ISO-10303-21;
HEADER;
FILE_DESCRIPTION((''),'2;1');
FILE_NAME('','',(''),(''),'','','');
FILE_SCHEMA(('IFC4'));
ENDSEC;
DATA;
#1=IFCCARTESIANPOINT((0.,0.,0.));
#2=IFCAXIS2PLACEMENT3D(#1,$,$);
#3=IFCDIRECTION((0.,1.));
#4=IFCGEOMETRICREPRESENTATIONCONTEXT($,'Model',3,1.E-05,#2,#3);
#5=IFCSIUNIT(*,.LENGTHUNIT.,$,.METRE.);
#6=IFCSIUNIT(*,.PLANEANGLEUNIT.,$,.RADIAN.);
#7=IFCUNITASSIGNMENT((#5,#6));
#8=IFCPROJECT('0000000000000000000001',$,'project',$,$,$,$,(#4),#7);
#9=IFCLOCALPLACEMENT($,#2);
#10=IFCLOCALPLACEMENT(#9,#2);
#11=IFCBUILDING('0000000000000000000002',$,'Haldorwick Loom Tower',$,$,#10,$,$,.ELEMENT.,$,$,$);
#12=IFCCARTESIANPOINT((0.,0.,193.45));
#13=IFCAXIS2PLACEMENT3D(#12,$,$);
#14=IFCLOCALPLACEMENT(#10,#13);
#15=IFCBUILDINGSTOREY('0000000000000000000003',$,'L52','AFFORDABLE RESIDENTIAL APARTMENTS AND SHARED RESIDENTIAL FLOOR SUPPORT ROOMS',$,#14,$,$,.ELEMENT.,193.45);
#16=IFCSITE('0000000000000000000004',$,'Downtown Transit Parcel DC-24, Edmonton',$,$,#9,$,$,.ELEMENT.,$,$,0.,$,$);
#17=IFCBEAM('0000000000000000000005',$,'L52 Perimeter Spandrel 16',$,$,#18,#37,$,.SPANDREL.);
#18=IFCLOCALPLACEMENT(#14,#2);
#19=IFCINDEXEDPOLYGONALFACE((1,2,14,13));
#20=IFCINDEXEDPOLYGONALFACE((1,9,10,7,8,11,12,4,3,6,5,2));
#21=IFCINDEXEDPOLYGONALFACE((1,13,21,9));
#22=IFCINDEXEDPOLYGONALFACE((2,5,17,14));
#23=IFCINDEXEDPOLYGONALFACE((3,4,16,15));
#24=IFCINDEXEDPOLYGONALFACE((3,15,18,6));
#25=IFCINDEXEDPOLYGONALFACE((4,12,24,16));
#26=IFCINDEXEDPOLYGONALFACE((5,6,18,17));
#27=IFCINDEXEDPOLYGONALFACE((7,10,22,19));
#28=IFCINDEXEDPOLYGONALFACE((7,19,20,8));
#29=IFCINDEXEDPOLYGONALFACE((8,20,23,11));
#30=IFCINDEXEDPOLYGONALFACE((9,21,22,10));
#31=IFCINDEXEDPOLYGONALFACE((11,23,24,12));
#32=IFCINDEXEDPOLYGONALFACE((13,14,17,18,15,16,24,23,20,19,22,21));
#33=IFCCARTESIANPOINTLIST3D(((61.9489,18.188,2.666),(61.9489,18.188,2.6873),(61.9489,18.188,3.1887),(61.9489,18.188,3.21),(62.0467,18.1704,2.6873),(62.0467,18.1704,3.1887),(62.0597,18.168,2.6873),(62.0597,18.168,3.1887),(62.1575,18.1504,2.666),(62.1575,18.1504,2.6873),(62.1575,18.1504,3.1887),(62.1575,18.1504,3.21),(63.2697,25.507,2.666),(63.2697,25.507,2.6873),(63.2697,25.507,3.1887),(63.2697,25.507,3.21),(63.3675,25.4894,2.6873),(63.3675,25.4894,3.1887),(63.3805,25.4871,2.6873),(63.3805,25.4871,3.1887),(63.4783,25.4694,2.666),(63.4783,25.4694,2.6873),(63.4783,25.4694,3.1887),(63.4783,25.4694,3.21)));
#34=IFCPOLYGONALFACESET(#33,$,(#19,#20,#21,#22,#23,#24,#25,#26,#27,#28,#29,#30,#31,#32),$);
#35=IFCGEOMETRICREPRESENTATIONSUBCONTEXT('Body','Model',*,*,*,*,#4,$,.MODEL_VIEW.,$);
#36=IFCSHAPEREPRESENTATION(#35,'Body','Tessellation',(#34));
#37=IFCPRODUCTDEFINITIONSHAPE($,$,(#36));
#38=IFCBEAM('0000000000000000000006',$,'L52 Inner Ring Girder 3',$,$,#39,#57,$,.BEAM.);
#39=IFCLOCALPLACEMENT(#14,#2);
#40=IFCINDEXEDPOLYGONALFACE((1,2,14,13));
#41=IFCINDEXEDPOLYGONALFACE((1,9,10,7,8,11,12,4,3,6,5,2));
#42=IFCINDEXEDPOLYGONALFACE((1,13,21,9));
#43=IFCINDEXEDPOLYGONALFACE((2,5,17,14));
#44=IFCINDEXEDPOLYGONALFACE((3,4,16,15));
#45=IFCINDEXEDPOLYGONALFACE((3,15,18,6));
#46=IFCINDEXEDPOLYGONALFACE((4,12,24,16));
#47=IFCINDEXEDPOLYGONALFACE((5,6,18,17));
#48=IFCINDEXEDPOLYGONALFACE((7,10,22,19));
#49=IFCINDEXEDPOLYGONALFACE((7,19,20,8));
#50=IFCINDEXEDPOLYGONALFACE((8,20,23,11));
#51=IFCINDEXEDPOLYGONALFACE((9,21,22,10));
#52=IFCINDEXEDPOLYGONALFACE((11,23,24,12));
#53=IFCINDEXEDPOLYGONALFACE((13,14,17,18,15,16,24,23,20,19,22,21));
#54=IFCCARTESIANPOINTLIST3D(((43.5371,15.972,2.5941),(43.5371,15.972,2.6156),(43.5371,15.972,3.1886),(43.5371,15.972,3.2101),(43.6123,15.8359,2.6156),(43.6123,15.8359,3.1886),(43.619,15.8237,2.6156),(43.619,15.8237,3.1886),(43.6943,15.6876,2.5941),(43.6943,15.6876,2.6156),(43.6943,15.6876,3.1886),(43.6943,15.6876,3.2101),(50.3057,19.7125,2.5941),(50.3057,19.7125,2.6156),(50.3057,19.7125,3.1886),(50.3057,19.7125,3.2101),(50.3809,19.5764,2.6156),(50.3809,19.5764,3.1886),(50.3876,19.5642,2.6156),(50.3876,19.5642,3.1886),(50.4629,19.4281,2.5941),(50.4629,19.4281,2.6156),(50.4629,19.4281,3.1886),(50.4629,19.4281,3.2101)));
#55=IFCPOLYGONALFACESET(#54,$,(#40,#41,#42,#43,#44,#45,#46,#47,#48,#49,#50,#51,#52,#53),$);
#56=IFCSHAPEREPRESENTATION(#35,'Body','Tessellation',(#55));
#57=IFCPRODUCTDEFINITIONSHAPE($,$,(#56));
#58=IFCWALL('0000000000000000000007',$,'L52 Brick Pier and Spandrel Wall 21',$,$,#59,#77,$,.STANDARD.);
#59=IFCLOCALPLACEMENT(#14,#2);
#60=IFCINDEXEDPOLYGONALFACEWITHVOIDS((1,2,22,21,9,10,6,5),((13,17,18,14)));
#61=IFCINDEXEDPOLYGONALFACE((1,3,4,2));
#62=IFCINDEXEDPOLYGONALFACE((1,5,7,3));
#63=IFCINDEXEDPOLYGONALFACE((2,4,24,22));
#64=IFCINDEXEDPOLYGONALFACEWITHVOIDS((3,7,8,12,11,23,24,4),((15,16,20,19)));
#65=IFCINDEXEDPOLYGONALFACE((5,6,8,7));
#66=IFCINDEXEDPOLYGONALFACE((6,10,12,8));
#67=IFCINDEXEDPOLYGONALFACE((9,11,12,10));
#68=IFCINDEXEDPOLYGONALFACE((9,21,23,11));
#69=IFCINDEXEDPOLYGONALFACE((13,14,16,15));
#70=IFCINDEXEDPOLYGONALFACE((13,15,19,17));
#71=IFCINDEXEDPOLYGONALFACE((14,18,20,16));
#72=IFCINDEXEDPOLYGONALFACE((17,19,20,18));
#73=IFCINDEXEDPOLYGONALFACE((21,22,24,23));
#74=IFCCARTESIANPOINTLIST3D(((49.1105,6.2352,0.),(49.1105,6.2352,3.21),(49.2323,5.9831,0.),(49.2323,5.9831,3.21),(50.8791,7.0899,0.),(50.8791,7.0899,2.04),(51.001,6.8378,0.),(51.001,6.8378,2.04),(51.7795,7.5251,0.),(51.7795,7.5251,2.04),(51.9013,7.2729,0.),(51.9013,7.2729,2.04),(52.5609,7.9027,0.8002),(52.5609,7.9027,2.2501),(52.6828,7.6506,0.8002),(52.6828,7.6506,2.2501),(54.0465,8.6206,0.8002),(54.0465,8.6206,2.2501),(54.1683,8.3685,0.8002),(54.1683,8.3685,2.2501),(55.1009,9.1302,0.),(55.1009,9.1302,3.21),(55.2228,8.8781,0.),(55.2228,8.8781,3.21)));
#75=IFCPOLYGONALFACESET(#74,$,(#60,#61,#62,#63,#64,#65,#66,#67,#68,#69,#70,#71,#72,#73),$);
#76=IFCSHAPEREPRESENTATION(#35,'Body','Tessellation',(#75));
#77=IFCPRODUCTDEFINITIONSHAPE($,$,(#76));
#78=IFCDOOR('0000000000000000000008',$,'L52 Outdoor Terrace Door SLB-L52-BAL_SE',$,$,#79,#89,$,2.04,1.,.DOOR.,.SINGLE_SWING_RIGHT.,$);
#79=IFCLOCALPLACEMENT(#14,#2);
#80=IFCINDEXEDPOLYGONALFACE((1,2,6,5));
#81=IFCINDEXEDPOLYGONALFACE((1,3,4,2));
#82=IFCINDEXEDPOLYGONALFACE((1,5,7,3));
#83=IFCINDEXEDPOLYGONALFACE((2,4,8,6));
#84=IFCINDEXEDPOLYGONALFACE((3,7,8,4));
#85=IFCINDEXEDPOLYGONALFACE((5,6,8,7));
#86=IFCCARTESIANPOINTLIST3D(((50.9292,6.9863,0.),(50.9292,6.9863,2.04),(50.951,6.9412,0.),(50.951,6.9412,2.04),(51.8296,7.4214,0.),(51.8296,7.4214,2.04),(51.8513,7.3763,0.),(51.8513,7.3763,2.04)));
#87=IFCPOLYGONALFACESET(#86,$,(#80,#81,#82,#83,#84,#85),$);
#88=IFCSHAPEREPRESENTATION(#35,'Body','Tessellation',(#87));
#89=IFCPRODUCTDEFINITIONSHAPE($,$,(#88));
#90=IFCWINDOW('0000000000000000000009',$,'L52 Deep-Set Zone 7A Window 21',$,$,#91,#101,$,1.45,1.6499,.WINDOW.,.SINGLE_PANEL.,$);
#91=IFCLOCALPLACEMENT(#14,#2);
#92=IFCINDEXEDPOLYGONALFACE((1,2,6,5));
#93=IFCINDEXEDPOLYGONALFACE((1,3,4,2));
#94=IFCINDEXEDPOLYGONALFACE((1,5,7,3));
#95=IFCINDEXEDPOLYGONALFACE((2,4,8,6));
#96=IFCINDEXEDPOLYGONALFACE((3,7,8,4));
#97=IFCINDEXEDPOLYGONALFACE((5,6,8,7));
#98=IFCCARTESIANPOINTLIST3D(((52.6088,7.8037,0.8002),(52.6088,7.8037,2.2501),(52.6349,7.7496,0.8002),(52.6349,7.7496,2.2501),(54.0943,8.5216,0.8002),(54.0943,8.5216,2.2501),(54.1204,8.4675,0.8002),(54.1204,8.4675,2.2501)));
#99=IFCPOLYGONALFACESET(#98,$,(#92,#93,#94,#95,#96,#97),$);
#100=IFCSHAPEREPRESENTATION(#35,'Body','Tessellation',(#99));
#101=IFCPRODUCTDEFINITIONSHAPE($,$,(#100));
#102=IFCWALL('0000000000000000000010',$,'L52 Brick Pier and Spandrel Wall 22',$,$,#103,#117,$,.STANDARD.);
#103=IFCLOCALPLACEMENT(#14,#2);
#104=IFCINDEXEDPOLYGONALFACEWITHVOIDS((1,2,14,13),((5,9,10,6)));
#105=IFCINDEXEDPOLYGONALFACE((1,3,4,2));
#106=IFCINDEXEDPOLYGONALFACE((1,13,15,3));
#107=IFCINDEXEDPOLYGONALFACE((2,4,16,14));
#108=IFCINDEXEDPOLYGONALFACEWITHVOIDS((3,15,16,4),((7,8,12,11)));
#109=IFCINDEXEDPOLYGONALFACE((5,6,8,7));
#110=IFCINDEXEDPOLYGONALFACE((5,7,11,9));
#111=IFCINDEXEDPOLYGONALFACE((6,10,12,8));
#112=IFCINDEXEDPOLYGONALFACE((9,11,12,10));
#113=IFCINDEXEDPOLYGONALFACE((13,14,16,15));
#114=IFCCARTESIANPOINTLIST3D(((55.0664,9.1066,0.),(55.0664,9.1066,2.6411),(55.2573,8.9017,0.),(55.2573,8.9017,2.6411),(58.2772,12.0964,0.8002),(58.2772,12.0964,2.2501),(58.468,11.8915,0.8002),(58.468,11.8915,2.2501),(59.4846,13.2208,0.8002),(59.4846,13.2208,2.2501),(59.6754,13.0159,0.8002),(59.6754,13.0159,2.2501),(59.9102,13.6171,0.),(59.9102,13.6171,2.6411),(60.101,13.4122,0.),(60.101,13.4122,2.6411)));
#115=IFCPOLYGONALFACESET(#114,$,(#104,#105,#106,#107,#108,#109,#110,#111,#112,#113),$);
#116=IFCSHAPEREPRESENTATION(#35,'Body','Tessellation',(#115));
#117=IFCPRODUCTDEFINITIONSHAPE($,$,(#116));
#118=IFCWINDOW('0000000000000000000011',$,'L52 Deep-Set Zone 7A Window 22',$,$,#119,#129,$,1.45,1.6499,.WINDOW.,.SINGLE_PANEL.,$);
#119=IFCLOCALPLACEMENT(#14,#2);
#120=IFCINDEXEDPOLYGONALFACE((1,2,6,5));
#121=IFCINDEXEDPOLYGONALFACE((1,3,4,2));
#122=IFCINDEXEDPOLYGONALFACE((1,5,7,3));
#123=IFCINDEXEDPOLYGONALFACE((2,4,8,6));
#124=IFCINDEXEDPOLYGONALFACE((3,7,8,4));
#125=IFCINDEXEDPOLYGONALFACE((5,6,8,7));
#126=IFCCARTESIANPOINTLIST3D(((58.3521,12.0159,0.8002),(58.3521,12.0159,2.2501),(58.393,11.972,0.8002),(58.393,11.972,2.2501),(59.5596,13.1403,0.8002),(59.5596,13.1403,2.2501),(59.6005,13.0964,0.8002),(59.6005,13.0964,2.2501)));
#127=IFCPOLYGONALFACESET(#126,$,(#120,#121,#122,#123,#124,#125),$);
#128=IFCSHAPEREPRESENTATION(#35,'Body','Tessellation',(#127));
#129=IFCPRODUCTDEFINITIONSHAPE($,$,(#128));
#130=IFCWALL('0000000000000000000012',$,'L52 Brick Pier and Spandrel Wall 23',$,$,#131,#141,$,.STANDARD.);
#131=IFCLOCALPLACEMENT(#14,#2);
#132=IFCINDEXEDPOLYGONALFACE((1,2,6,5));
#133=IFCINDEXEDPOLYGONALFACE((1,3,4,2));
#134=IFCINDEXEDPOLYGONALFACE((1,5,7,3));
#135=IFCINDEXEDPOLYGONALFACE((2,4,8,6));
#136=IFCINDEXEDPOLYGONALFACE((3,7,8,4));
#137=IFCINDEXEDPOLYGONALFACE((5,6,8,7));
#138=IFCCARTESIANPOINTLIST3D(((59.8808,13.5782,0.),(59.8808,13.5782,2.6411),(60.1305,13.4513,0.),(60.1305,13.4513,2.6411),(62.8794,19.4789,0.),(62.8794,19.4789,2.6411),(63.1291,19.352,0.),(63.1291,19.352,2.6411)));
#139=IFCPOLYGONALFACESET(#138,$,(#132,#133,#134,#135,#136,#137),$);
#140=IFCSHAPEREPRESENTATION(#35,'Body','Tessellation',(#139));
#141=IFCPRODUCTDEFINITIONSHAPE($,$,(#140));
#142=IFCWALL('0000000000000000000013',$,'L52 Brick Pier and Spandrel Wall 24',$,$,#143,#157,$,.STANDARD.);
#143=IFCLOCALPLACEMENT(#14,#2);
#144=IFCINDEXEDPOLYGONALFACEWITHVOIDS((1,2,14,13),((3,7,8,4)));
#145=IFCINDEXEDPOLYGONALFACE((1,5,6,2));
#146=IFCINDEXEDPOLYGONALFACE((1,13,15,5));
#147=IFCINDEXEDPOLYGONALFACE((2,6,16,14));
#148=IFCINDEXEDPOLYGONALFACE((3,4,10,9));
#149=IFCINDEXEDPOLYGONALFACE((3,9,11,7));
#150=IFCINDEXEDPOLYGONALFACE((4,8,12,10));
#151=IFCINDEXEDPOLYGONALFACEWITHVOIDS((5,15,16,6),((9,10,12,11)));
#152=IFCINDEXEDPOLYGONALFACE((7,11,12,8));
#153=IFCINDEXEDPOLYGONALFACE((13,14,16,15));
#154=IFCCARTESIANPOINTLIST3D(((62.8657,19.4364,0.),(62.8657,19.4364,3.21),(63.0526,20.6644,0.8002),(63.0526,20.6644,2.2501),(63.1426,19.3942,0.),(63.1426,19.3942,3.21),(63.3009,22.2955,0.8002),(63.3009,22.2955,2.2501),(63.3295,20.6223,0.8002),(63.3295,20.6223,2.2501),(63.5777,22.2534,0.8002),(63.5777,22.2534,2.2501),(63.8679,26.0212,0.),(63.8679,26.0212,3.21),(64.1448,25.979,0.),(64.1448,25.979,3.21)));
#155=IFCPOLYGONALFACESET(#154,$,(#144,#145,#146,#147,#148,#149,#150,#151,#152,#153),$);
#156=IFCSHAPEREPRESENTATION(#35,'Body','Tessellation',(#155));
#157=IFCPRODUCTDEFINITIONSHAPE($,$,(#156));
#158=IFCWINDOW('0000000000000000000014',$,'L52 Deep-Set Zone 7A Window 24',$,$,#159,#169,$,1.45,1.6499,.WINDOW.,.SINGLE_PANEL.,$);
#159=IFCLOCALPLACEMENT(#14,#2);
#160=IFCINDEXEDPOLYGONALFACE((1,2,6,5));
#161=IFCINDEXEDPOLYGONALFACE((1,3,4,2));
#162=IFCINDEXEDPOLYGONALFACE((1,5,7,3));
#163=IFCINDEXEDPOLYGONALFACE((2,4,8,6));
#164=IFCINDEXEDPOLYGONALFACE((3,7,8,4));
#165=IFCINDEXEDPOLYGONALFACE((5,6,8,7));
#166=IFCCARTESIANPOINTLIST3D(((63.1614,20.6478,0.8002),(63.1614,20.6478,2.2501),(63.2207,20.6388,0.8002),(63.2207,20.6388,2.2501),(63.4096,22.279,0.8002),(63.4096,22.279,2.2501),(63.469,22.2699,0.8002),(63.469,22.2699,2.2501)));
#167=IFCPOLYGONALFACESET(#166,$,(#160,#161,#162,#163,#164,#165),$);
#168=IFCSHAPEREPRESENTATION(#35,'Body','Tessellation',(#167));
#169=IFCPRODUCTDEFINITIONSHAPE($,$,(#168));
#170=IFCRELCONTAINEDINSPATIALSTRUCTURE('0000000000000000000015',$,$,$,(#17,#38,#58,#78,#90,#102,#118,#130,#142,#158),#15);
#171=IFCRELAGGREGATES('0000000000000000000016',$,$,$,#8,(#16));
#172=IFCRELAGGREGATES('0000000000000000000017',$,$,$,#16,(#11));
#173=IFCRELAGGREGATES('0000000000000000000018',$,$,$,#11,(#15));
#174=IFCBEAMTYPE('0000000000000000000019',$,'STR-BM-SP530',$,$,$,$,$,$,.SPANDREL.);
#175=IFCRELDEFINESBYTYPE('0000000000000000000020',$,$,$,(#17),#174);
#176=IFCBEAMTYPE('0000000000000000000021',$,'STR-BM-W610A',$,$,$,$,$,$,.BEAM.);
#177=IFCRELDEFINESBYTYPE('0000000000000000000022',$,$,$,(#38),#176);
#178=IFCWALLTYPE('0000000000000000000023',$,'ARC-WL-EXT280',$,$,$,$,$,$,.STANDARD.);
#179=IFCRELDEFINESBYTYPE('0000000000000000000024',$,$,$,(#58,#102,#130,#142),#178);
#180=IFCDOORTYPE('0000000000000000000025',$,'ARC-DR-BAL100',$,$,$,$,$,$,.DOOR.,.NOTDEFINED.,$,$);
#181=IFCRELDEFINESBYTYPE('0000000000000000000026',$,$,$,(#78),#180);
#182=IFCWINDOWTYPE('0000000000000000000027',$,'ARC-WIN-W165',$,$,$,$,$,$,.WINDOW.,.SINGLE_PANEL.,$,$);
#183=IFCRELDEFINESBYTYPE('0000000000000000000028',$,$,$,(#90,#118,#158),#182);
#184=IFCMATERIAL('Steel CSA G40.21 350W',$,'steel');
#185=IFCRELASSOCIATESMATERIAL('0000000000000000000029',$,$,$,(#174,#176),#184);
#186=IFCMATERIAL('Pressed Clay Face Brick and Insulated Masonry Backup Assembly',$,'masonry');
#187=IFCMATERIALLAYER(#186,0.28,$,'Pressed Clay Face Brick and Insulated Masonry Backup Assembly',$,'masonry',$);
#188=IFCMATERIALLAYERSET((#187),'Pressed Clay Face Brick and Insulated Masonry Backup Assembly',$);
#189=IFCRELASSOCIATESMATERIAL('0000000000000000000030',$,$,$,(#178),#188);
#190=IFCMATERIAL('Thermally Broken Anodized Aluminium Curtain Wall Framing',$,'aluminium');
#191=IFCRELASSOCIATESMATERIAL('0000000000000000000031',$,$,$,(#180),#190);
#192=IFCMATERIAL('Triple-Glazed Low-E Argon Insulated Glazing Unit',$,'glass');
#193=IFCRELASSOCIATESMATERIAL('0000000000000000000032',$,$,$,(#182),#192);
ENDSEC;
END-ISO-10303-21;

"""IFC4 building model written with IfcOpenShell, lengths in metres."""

from ifc_helpers import new_model, si_unit, direction, frame, frame_2d, origin, origin_2d, place, context, subcontext, project, spatial, rectangle, i_section, extrude, material, layer, layer_set, material_profile, profile_set, type_object, element, fill, save


model = new_model("IFC4")

# Units and contexts
model_context = context("Model", 3, precision=1e-05, world=origin(), true_north=direction((0.0, 1.0)))
body_context = subcontext(model_context, "Body", "Model", "MODEL_VIEW")
ifc_project = project(units=[si_unit("LENGTHUNIT", "METRE"), si_unit("PLANEANGLEUNIT", "RADIAN")], contexts=[model_context])

# Site, building, storey
site_placement = place(None, origin())
site = spatial("IfcSite", under=ifc_project, at=site_placement, Name="Downtown Transit Parcel DC-24, Edmonton", CompositionType="ELEMENT", RefElevation=0.0)
building_placement = place(site_placement, origin())
building = spatial("IfcBuilding", under=site, at=building_placement, Name="Haldorwick Loom Tower", CompositionType="ELEMENT")
storey_placement = place(building_placement, frame((0.0, 0.0, 193.45)))
storey = spatial("IfcBuildingStorey", under=building, at=storey_placement, Name="L52", Description="AFFORDABLE RESIDENTIAL APARTMENTS AND SHARED RESIDENTIAL FLOOR SUPPORT ROOMS", CompositionType="ELEMENT", Elevation=193.45)

# Beams
ifc_material_1 = material(Name="Steel CSA G40.21 350W", Category="steel")
ifc_material_profile_1 = material_profile(ifc_material_1, i_section(OverallWidth=0.2119, OverallDepth=0.5439, WebThickness=0.0132, FlangeThickness=0.0212, at=origin_2d()), Name="W530X123", Category="steel")
ifc_profile_set_1 = profile_set([ifc_material_profile_1], Name="Steel CSA G40.21 350W")
beam_type_1 = type_object("IfcBeamType", Name="STR-BM-SP530", PredefinedType="SPANDREL", material=ifc_profile_set_1)
beam_1_placement = place(storey_placement, frame((62.0532, 18.1692, 2.938), z_axis=(0.177591, 0.984104, 0.0), x_axis=(-0.984104, 0.177591, 0.0)))
element("IfcBeam", 1, at=beam_1_placement, inside=storey, type_object=beam_type_1, Name="L52 Perimeter Spandrel 16", PredefinedType="SPANDREL", context=body_context, shape_type="SweptSolid", body=[
    extrude(i_section(OverallWidth=0.2119, OverallDepth=0.5439, WebThickness=0.0132, FlangeThickness=0.0212, at=origin_2d()), origin(), (0.0, 0.0, 1.0), 7.4373),
])
ifc_material_profile_2 = material_profile(ifc_material_1, i_section(OverallWidth=0.325, OverallDepth=0.616, WebThickness=0.0139, FlangeThickness=0.0215, at=origin_2d()), Name="W610X174", Category="steel")
ifc_profile_set_2 = profile_set([ifc_material_profile_2], Name="Steel CSA G40.21 350W")
beam_type_2 = type_object("IfcBeamType", Name="STR-BM-W610A", PredefinedType="BEAM", material=ifc_profile_set_2)
beam_2_placement = place(storey_placement, frame((50.3843, 19.5703, 2.9021), z_axis=(-0.875244, -0.483682, 0.0), x_axis=(0.483682, -0.875244, 0.0)))
element("IfcBeam", 2, at=beam_2_placement, inside=storey, type_object=beam_type_2, Name="L52 Inner Ring Girder 3", PredefinedType="BEAM", context=body_context, shape_type="SweptSolid", body=[
    extrude(i_section(OverallWidth=0.325, OverallDepth=0.616, WebThickness=0.0139, FlangeThickness=0.0215, at=origin_2d()), origin(), (0.0, 0.0, 1.0), 7.7334),
])

# Wall, openings, door, window
ifc_material_2 = material(Name="Pressed Clay Face Brick and Insulated Masonry Backup Assembly", Category="masonry")
ifc_layer_1 = layer(ifc_material_2, 0.28, Name="Pressed Clay Face Brick and Insulated Masonry Backup Assembly", Category="masonry")
ifc_layer_set_1 = layer_set([ifc_layer_1], Name="Pressed Clay Face Brick and Insulated Masonry Backup Assembly")
wall_type_1 = type_object("IfcWallType", Name="ARC-WL-EXT280", PredefinedType="STANDARD", material=ifc_layer_set_1)
wall_1_placement = place(storey_placement, frame((49.1714, 6.1091, 0.0), z_axis=(0.0, 0.0, 1.0), x_axis=(0.900371, 0.435123, 0.0)))
wall_1 = element("IfcWall", 3, at=wall_1_placement, inside=storey, type_object=wall_type_1, Name="L52 Brick Pier and Spandrel Wall 21", PredefinedType="STANDARD", context=body_context, shape_type="SweptSolid", body=[
    extrude(rectangle(XDim=6.6533, YDim=0.28, at=frame_2d((3.3267, 0.0))), origin(), (0.0, 0.0, 1.0), 3.21),
])
opening_1_placement = place(wall_1_placement, frame((1.9644, 0.0, 0.0)))
opening_1 = element("IfcOpeningElement", 4, at=opening_1_placement, cuts=wall_1, PredefinedType="OPENING", context=body_context, shape_type="SweptSolid", body=[
    extrude(rectangle(XDim=1.0, YDim=2.04, at=frame_2d((0.5, 1.02))), frame((0.0, 0.1499, 0.0), z_axis=(0.0, -1.0, 0.0), x_axis=(1.0, 0.0, 0.0)), (0.0, 0.0, 1.0), 0.3),
])
opening_2_placement = place(wall_1_placement, frame((3.8323, 0.0, 0.8)))
opening_2 = element("IfcOpeningElement", 5, at=opening_2_placement, cuts=wall_1, PredefinedType="OPENING", context=body_context, shape_type="SweptSolid", body=[
    extrude(rectangle(XDim=1.6499, YDim=1.45, at=frame_2d((0.825, 0.7251))), frame((0.0, 0.1499, 0.0), z_axis=(0.0, -1.0, 0.0), x_axis=(1.0, 0.0, 0.0)), (0.0, 0.0, 1.0), 0.3),
])
ifc_material_3 = material(Name="Thermally Broken Anodized Aluminium Curtain Wall Framing", Category="aluminium")
door_type_1 = type_object("IfcDoorType", Name="ARC-DR-BAL100", OperationType="NOTDEFINED", PredefinedType="DOOR", material=ifc_material_3)
door_1_placement = place(opening_1_placement, origin())
door_1 = element("IfcDoor", 6, at=door_1_placement, inside=storey, type_object=door_type_1, Name="L52 Outdoor Terrace Door SLB-L52-BAL_SE", OperationType="SINGLE_SWING_RIGHT", OverallHeight=2.04, OverallWidth=1.0, PredefinedType="DOOR", context=body_context, shape_type="SweptSolid", body=[
    extrude(rectangle(XDim=1.0, YDim=2.04, at=frame_2d((0.5, 1.02))), frame((0.0, 0.0249, 0.0), z_axis=(0.0, -1.0, 0.0), x_axis=(1.0, 0.0, 0.0)), (0.0, 0.0, 1.0), 0.05),
])
fill(opening_1, door_1)
ifc_material_4 = material(Name="Triple-Glazed Low-E Argon Insulated Glazing Unit", Category="glass")
window_type = type_object("IfcWindowType", Name="ARC-WIN-W165", PartitioningType="SINGLE_PANEL", PredefinedType="WINDOW", material=ifc_material_4)
window_1_placement = place(opening_2_placement, origin())
window_1 = element("IfcWindow", 7, at=window_1_placement, inside=storey, type_object=window_type, Name="L52 Deep-Set Zone 7A Window 21", OverallHeight=1.45, OverallWidth=1.6499, PartitioningType="SINGLE_PANEL", PredefinedType="WINDOW", context=body_context, shape_type="SweptSolid", body=[
    extrude(rectangle(XDim=1.6499, YDim=1.45, at=frame_2d((0.825, 0.7251))), frame((0.0, 0.03, 0.0), z_axis=(0.0, -1.0, 0.0), x_axis=(1.0, 0.0, 0.0)), (0.0, 0.0, 1.0), 0.0601),
])
fill(opening_2, window_1)

# Wall, opening, window
wall_2_placement = place(storey_placement, frame((55.1619, 9.0042, 0.0), z_axis=(0.0, 0.0, 1.0), x_axis=(0.731834, 0.681483, 0.0)))
wall_2 = element("IfcWall", 8, at=wall_2_placement, inside=storey, type_object=wall_type_1, Name="L52 Brick Pier and Spandrel Wall 22", PredefinedType="STANDARD", context=body_context, shape_type="SweptSolid", body=[
    extrude(rectangle(XDim=6.6187, YDim=0.28, at=frame_2d((3.3093, 0.0))), origin(), (0.0, 0.0, 1.0), 2.6411),
])
opening_3_placement = place(wall_2_placement, frame((4.3872, 0.0, 0.8)))
opening_3 = element("IfcOpeningElement", 9, at=opening_3_placement, cuts=wall_2, PredefinedType="OPENING", context=body_context, shape_type="SweptSolid", body=[
    extrude(rectangle(XDim=1.6499, YDim=1.45, at=frame_2d((0.825, 0.7251))), frame((0.0, 0.1499, 0.0), z_axis=(0.0, -1.0, 0.0), x_axis=(1.0, 0.0, 0.0)), (0.0, 0.0, 1.0), 0.3),
])
window_2_placement = place(opening_3_placement, origin())
window_2 = element("IfcWindow", 10, at=window_2_placement, inside=storey, type_object=window_type, Name="L52 Deep-Set Zone 7A Window 22", OverallHeight=1.45, OverallWidth=1.6499, PartitioningType="SINGLE_PANEL", PredefinedType="WINDOW", context=body_context, shape_type="SweptSolid", body=[
    extrude(rectangle(XDim=1.6499, YDim=1.45, at=frame_2d((0.825, 0.7251))), frame((0.0, 0.03, 0.0), z_axis=(0.0, -1.0, 0.0), x_axis=(1.0, 0.0, 0.0)), (0.0, 0.0, 1.0), 0.0601),
])
fill(opening_3, window_2)

# Wall
wall_3_placement = place(storey_placement, frame((60.0056, 13.5146, 0.0), z_axis=(0.0, 0.0, 1.0), x_axis=(0.453032, 0.891494, 0.0)))
element("IfcWall", 11, at=wall_3_placement, inside=storey, type_object=wall_type_1, Name="L52 Brick Pier and Spandrel Wall 23", PredefinedType="STANDARD", context=body_context, shape_type="SweptSolid", body=[
    extrude(rectangle(XDim=6.6189, YDim=0.28, at=frame_2d((3.3096, 0.0))), origin(), (0.0, 0.0, 1.0), 2.6411),
])

# Wall, opening, window
wall_4_placement = place(storey_placement, frame((63.0042, 19.4153, 0.0), z_axis=(0.0, 0.0, 1.0), x_axis=(0.150468, 0.988615, 0.0)))
wall_4 = element("IfcWall", 12, at=wall_4_placement, inside=storey, type_object=wall_type_1, Name="L52 Brick Pier and Spandrel Wall 24", PredefinedType="STANDARD", context=body_context, shape_type="SweptSolid", body=[
    extrude(rectangle(XDim=6.6606, YDim=0.28, at=frame_2d((3.3303, 0.0))), origin(), (0.0, 0.0, 1.0), 3.21),
])
opening_4_placement = place(wall_4_placement, frame((1.2422, 0.0, 0.8)))
opening_4 = element("IfcOpeningElement", 13, at=opening_4_placement, cuts=wall_4, PredefinedType="OPENING", context=body_context, shape_type="SweptSolid", body=[
    extrude(rectangle(XDim=1.6499, YDim=1.45, at=frame_2d((0.825, 0.7251))), frame((0.0, 0.1499, 0.0), z_axis=(0.0, -1.0, 0.0), x_axis=(1.0, 0.0, 0.0)), (0.0, 0.0, 1.0), 0.3),
])
window_3_placement = place(opening_4_placement, origin())
window_3 = element("IfcWindow", 14, at=window_3_placement, inside=storey, type_object=window_type, Name="L52 Deep-Set Zone 7A Window 24", OverallHeight=1.45, OverallWidth=1.6499, PartitioningType="SINGLE_PANEL", PredefinedType="WINDOW", context=body_context, shape_type="SweptSolid", body=[
    extrude(rectangle(XDim=1.6499, YDim=1.45, at=frame_2d((0.825, 0.7251))), frame((0.0, 0.03, 0.0), z_axis=(0.0, -1.0, 0.0), x_axis=(1.0, 0.0, 0.0)), (0.0, 0.0, 1.0), 0.0601),
])
fill(opening_4, window_3)

save(model, "model.ifc")
